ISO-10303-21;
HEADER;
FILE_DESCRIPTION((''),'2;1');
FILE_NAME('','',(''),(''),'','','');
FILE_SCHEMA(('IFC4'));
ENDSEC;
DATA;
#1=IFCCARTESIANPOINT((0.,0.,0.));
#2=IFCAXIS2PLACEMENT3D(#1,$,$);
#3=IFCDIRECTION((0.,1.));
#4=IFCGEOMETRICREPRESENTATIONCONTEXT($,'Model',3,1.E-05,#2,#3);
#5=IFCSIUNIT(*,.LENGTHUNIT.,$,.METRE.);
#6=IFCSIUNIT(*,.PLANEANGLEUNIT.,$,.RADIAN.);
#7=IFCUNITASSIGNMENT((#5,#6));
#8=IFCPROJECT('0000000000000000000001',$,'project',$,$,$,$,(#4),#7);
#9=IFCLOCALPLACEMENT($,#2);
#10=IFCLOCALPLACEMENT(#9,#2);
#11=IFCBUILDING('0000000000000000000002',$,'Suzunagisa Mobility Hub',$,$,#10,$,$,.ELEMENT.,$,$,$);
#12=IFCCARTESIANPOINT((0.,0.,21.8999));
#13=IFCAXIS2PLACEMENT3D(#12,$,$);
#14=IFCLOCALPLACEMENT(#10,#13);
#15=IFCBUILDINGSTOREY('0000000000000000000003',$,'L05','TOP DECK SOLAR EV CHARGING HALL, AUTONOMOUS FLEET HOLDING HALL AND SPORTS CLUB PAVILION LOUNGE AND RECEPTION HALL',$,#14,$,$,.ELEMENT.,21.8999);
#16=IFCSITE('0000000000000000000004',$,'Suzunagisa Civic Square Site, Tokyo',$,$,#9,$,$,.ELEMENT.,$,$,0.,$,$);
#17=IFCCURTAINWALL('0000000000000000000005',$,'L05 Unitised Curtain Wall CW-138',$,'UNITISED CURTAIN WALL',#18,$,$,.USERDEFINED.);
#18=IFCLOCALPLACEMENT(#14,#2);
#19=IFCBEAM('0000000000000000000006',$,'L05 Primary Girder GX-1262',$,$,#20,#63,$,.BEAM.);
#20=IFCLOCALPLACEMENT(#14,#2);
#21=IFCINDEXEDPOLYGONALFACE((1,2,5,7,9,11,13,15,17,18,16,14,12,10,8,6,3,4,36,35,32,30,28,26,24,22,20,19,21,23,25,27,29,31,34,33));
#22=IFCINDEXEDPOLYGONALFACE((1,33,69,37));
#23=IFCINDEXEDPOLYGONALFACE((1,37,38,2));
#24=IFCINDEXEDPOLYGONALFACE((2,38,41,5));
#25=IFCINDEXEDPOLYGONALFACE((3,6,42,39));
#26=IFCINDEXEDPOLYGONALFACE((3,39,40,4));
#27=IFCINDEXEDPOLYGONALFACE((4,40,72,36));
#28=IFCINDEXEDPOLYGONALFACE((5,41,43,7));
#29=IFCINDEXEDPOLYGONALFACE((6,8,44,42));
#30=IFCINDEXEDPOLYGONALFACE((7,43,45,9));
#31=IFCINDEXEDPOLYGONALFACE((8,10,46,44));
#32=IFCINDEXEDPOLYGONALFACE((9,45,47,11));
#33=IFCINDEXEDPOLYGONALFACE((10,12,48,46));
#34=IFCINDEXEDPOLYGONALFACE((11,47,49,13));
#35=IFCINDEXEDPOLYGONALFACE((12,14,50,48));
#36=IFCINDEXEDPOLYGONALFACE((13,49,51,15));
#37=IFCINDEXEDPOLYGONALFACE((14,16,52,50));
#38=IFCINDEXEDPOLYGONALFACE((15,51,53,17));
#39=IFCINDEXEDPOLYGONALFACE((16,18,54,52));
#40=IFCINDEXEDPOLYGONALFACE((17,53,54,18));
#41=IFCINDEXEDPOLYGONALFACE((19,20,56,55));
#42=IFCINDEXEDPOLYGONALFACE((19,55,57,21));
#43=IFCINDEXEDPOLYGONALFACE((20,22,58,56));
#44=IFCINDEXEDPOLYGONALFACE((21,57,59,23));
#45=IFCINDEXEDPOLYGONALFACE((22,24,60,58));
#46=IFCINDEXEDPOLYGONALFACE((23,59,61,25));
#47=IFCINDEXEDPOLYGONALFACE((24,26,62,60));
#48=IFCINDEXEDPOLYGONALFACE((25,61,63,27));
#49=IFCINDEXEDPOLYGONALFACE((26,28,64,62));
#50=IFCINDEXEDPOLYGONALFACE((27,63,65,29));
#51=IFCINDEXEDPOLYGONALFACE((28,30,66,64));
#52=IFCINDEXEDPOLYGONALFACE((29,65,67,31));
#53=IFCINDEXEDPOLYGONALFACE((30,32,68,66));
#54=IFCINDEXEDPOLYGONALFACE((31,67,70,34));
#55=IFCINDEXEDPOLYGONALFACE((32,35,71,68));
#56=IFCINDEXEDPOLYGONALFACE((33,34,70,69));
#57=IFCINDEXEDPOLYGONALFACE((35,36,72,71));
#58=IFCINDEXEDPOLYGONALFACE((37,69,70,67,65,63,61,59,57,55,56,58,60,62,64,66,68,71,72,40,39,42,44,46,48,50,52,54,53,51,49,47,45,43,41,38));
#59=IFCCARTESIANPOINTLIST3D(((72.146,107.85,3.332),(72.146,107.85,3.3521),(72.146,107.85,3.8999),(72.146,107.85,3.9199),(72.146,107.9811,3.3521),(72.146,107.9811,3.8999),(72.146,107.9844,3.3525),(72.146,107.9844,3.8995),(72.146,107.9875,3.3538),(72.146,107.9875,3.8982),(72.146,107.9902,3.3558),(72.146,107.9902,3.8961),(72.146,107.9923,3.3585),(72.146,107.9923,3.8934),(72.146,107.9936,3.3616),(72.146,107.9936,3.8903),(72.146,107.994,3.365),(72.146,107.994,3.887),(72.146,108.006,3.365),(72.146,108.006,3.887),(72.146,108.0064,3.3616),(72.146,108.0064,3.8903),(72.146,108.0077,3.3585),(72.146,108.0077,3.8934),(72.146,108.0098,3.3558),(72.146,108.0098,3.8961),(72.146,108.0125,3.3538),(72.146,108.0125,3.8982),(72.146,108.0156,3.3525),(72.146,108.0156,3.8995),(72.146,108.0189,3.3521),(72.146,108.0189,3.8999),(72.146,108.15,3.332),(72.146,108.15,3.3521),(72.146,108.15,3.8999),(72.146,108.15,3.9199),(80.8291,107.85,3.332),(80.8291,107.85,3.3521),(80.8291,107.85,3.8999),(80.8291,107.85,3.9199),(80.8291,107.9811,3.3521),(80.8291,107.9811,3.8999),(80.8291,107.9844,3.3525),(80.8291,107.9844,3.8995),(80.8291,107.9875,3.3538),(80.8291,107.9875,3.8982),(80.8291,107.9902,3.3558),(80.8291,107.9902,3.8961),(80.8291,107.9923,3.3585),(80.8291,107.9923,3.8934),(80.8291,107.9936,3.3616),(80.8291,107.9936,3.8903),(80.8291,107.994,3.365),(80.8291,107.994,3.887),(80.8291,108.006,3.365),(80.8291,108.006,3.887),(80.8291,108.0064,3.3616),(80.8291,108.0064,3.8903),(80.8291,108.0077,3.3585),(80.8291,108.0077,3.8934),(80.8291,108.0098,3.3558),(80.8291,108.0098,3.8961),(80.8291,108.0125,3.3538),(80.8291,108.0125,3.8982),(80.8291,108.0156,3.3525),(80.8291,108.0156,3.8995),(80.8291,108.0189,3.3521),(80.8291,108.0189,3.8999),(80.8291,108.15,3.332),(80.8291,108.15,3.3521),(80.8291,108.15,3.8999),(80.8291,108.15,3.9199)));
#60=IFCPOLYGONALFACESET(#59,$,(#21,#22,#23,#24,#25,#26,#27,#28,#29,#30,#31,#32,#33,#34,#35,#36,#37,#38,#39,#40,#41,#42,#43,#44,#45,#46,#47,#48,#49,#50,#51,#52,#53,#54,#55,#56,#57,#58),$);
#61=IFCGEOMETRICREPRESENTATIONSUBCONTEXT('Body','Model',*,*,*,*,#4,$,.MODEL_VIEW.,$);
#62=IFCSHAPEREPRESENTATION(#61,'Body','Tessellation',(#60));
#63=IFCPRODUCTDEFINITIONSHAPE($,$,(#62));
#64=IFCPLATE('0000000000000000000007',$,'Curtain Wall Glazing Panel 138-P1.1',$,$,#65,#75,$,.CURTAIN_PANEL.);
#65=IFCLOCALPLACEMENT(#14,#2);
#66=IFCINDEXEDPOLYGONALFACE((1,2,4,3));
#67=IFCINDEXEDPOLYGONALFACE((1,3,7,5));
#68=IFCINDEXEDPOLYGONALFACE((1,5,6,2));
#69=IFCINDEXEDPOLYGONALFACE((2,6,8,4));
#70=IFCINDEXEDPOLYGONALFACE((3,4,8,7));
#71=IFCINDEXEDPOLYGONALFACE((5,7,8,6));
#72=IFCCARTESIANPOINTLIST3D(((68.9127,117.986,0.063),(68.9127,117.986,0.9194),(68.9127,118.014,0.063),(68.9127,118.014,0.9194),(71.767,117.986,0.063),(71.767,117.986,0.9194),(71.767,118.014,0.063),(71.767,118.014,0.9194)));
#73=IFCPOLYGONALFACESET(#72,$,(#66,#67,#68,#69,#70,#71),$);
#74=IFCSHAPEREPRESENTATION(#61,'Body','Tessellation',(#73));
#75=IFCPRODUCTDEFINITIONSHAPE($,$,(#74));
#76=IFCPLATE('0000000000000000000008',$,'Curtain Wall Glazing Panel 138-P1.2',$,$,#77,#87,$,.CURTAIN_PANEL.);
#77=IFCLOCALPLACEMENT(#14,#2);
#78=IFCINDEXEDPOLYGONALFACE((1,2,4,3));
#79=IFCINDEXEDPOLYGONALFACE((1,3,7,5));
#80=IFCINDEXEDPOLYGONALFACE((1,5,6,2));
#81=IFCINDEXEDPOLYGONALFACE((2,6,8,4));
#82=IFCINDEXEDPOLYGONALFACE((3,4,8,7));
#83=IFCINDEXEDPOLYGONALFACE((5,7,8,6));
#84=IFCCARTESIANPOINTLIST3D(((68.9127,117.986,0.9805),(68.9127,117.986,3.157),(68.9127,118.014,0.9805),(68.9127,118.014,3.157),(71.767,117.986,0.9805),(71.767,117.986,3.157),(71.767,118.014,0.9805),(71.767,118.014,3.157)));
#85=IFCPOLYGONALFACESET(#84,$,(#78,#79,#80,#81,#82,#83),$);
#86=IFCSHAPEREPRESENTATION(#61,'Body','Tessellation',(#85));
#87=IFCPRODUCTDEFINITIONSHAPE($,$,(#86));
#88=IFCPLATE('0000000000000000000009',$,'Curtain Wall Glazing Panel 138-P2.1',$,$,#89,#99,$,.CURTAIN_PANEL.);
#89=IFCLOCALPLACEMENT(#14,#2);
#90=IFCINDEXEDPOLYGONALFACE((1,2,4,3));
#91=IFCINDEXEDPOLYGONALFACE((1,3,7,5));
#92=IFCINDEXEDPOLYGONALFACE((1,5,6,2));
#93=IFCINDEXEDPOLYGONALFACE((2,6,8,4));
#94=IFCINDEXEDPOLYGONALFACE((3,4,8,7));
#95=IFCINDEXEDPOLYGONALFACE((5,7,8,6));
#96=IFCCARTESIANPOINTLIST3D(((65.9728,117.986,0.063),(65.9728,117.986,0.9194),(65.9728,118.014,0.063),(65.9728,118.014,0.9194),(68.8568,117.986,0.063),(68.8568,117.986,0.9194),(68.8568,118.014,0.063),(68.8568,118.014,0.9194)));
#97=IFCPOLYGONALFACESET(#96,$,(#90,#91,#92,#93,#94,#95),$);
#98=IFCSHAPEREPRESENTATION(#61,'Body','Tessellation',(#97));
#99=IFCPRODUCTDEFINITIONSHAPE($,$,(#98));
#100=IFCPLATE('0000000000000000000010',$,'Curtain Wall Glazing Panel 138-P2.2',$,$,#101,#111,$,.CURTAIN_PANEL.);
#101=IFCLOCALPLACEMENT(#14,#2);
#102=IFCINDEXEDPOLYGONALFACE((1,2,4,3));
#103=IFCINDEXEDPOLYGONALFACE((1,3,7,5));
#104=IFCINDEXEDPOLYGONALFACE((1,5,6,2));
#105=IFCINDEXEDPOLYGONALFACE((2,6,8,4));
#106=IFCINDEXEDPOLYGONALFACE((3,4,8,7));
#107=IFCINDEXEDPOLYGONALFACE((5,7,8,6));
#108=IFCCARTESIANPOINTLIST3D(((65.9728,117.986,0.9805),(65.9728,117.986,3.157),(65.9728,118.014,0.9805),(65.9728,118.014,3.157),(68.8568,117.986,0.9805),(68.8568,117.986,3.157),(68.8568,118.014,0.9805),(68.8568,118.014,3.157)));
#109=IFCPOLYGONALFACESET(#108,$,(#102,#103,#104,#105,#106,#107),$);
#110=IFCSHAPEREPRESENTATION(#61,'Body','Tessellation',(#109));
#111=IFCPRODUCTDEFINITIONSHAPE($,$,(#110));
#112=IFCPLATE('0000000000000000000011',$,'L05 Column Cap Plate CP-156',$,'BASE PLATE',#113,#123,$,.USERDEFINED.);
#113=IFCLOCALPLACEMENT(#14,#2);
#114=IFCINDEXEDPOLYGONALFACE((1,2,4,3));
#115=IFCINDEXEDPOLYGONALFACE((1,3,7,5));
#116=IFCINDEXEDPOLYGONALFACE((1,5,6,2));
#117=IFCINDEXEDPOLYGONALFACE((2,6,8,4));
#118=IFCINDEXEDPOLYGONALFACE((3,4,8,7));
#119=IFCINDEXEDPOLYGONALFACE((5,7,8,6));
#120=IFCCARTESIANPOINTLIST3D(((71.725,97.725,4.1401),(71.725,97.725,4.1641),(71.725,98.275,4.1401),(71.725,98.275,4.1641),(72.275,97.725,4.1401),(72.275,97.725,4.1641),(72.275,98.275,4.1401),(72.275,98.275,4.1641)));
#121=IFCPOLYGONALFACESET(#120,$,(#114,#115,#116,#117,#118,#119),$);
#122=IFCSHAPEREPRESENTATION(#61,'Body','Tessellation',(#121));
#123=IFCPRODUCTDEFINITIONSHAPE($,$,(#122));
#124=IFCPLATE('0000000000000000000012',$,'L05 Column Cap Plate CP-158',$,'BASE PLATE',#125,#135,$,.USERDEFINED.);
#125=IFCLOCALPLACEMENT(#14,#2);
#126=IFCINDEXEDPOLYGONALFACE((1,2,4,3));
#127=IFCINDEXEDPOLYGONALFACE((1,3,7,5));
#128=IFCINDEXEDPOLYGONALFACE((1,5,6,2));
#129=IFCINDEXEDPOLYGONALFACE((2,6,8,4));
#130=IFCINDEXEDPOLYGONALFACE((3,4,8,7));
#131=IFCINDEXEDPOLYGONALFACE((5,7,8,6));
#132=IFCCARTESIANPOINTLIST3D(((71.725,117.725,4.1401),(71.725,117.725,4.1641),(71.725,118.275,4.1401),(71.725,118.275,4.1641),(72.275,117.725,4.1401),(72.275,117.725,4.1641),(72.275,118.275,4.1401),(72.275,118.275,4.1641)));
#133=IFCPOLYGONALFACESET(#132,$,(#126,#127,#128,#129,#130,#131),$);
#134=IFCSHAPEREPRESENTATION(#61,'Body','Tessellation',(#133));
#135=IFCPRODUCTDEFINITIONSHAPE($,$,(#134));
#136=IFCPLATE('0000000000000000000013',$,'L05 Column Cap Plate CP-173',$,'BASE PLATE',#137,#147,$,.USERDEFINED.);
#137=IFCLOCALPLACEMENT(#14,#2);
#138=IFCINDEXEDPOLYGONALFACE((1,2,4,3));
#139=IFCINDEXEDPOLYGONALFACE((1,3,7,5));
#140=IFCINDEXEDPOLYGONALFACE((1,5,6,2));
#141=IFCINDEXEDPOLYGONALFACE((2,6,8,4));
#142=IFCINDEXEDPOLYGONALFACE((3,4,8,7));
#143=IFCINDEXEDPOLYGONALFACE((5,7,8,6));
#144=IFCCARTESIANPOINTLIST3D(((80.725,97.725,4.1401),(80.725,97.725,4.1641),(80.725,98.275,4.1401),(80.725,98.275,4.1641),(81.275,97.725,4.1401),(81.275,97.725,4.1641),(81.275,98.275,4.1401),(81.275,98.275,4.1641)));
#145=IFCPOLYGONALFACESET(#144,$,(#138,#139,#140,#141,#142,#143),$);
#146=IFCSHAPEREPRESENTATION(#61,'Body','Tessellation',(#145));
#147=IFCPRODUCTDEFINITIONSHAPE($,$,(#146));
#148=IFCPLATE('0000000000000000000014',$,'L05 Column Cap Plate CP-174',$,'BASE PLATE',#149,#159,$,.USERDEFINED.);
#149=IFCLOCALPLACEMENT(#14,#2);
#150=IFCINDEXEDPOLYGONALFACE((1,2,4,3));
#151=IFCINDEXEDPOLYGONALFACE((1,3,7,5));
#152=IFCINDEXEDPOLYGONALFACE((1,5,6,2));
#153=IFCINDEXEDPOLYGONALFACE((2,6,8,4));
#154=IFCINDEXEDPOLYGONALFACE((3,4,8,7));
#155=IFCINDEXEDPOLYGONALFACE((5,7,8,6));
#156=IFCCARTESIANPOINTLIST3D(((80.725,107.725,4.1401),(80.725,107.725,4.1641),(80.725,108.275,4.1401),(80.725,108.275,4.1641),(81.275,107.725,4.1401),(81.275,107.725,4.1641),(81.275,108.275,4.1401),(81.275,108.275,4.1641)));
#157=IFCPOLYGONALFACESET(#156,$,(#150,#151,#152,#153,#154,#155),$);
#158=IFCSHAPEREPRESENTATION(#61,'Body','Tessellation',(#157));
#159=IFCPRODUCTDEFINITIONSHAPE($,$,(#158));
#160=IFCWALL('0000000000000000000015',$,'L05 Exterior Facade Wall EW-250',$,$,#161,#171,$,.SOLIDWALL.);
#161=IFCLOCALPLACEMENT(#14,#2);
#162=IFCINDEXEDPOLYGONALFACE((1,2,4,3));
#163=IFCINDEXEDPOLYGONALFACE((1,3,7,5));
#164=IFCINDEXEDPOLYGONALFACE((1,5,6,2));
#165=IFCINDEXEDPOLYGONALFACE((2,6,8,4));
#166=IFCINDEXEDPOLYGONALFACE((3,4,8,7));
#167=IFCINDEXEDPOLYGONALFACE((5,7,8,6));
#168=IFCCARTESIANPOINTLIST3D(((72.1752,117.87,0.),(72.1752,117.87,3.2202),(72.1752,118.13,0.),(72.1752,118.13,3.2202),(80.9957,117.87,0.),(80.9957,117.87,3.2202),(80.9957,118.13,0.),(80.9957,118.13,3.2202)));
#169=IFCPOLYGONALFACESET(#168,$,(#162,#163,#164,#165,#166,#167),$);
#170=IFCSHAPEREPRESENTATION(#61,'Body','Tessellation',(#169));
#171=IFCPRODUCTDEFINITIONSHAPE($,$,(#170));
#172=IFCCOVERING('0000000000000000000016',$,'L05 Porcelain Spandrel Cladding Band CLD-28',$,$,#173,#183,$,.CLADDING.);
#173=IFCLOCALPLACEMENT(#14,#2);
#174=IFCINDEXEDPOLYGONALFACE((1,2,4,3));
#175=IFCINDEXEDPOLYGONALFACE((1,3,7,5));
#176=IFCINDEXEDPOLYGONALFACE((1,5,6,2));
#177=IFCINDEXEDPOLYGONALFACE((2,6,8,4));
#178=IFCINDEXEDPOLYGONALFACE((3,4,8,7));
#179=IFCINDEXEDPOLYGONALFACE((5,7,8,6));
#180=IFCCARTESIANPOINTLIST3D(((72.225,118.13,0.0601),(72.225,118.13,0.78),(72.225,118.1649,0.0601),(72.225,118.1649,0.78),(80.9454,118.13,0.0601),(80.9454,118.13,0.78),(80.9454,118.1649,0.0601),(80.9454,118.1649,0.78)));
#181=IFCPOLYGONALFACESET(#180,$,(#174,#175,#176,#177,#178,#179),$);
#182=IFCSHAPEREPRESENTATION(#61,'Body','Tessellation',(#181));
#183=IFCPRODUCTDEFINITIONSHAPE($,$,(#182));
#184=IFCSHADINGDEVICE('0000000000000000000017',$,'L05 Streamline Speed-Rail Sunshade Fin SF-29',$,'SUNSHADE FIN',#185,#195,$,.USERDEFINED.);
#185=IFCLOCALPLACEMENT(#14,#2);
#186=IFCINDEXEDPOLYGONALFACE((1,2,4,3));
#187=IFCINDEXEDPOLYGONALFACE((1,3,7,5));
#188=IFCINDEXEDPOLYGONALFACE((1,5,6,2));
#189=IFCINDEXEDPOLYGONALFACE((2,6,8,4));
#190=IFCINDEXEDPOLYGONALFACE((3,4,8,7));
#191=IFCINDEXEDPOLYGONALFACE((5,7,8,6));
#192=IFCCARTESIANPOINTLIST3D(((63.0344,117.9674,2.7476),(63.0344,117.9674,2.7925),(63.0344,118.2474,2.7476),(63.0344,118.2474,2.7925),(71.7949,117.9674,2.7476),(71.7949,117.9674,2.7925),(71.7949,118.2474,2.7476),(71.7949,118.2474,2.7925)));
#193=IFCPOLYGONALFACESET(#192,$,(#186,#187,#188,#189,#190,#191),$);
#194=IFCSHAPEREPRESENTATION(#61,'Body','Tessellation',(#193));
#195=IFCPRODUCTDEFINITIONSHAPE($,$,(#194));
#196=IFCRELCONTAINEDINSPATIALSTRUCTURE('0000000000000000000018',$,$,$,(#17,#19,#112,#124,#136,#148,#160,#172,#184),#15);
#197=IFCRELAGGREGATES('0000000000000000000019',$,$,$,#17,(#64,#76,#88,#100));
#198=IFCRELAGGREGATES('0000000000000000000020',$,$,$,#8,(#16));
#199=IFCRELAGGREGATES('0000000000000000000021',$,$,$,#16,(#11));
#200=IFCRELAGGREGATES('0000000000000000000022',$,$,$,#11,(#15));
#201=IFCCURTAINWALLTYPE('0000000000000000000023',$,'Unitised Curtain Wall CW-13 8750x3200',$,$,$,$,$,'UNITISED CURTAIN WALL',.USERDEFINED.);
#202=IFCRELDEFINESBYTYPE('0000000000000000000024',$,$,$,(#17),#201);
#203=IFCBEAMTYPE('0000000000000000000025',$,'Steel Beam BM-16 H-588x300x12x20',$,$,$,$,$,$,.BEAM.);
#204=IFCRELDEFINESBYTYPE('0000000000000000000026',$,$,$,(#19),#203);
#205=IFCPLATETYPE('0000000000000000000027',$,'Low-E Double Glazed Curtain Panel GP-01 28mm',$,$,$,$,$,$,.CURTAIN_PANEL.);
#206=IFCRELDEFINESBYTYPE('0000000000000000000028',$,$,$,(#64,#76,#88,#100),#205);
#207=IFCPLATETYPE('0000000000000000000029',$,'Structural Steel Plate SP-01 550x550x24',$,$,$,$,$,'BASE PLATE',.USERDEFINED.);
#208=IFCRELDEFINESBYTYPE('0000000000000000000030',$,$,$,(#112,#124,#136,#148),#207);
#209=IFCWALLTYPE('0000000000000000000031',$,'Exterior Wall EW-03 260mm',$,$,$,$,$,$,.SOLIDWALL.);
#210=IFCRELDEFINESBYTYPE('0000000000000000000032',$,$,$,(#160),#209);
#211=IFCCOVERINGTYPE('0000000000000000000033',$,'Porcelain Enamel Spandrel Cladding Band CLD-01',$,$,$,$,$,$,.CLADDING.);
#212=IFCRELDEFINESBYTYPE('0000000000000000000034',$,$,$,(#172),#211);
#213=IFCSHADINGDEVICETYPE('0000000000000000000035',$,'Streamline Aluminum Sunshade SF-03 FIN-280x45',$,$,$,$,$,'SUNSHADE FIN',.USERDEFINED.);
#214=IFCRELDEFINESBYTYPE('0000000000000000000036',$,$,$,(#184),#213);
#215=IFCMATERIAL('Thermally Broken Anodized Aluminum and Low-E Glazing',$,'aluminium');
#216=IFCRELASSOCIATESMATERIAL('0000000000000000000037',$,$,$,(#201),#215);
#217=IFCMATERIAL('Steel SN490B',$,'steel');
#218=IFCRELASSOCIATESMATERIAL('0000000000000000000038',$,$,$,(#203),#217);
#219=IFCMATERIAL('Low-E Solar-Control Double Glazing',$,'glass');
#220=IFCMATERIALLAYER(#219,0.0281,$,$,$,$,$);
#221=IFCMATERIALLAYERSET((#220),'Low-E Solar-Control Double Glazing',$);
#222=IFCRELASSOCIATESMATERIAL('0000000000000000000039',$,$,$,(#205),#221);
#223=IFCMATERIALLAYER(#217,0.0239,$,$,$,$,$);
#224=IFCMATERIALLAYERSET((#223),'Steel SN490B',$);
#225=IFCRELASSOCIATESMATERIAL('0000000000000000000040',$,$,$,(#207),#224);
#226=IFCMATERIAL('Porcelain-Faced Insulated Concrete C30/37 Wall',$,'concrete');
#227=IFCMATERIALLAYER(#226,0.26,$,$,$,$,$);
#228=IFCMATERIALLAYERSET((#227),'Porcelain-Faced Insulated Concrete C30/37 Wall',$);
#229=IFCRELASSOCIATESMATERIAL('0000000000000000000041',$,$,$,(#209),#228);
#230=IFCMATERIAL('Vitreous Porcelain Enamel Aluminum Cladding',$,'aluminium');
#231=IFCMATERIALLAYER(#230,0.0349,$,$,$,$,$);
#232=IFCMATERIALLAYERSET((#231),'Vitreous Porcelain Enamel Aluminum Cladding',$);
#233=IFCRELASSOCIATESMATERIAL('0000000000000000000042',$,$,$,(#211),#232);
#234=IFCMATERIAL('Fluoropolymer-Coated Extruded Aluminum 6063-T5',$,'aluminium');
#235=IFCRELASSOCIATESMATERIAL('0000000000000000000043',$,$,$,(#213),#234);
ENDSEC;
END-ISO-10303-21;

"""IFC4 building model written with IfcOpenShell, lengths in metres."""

from ifc_helpers import new_model, si_unit, direction, frame, frame_2d, origin, origin_2d, place, context, subcontext, project, spatial, rectangle, i_section, extrude, material, layer, layer_set, material_profile, profile_set, type_object, element, aggregate, save


model = new_model("IFC4")

# Units and contexts
model_context = context("Model", 3, precision=1e-05, world=origin(), true_north=direction((0.0, 1.0)))
body_context = subcontext(model_context, "Body", "Model", "MODEL_VIEW")
ifc_project = project(units=[si_unit("LENGTHUNIT", "METRE"), si_unit("PLANEANGLEUNIT", "RADIAN")], contexts=[model_context])

# Site, building, storey
site_placement = place(None, origin())
site = spatial("IfcSite", under=ifc_project, at=site_placement, Name="Suzunagisa Civic Square Site, Tokyo", CompositionType="ELEMENT", RefElevation=0.0)
building_placement = place(site_placement, origin())
building = spatial("IfcBuilding", under=site, at=building_placement, Name="Suzunagisa Mobility Hub", CompositionType="ELEMENT")
storey_placement = place(building_placement, frame((0.0, 0.0, 21.8999)))
storey = spatial("IfcBuildingStorey", under=building, at=storey_placement, Name="L05", Description="TOP DECK SOLAR EV CHARGING HALL, AUTONOMOUS FLEET HOLDING HALL AND SPORTS CLUB PAVILION LOUNGE AND RECEPTION HALL", CompositionType="ELEMENT", Elevation=21.8999)

# Shared definitions
ifc_material_1 = material(Name="Steel SN490B", Category="steel")

# Curtain wall
ifc_material_2 = material(Name="Thermally Broken Anodized Aluminum and Low-E Glazing", Category="aluminium")
curtain_wall_type = type_object("IfcCurtainWallType", Name="Unitised Curtain Wall CW-13 8750x3200", ElementType="UNITISED CURTAIN WALL", PredefinedType="USERDEFINED", material=ifc_material_2)
curtain_wall_placement = place(storey_placement, origin())
curtain_wall = element("IfcCurtainWall", 1, at=curtain_wall_placement, inside=storey, type_object=curtain_wall_type, Name="L05 Unitised Curtain Wall CW-138", ObjectType="UNITISED CURTAIN WALL", PredefinedType="USERDEFINED")

# Beam
ifc_material_profile_1 = material_profile(ifc_material_1, i_section(OverallWidth=0.3, OverallDepth=0.5879, WebThickness=0.012, FlangeThickness=0.02, FilletRadius=0.0129, at=origin_2d()), Name="H-588x300x12x20")
ifc_profile_set_1 = profile_set([ifc_material_profile_1], Name="Steel SN490B")
beam_type_1 = type_object("IfcBeamType", Name="Steel Beam BM-16 H-588x300x12x20", PredefinedType="BEAM", material=ifc_profile_set_1)
beam_1_placement = place(storey_placement, frame((72.146, 108.0, 3.626), z_axis=(1.0, 0.0, 0.0), x_axis=(0.0, 1.0, 0.0)))
element("IfcBeam", 2, at=beam_1_placement, inside=storey, type_object=beam_type_1, Name="L05 Primary Girder GX-1262", PredefinedType="BEAM", context=body_context, shape_type="SweptSolid", body=[
    extrude(i_section(OverallWidth=0.3, OverallDepth=0.5879, WebThickness=0.012, FlangeThickness=0.02, FilletRadius=0.0129, at=origin_2d()), origin(), (0.0, 0.0, 1.0), 8.6831),
])

# Plates
ifc_material_3 = material(Name="Low-E Solar-Control Double Glazing", Category="glass")
ifc_layer_1 = layer(ifc_material_3, 0.0281)
ifc_layer_set_1 = layer_set([ifc_layer_1], Name="Low-E Solar-Control Double Glazing")
plate_type_1 = type_object("IfcPlateType", Name="Low-E Double Glazed Curtain Panel GP-01 28mm", PredefinedType="CURTAIN_PANEL", material=ifc_layer_set_1)
plate_1_placement = place(storey_placement, frame((70.3398, 118.0, 0.063), z_axis=(0.0, 0.0, 1.0), x_axis=(-1.0, 0.0, 0.0)))
plate_1 = element("IfcPlate", 3, at=plate_1_placement, type_object=plate_type_1, Name="Curtain Wall Glazing Panel 138-P1.1", PredefinedType="CURTAIN_PANEL", context=body_context, shape_type="SweptSolid", body=[
    extrude(rectangle(XDim=2.8542, YDim=0.0281, at=origin_2d()), origin(), (0.0, 0.0, 1.0), 0.8564),
])
plate_2_placement = place(storey_placement, frame((70.3398, 118.0, 0.9805), z_axis=(0.0, 0.0, 1.0), x_axis=(-1.0, 0.0, 0.0)))
plate_2 = element("IfcPlate", 4, at=plate_2_placement, type_object=plate_type_1, Name="Curtain Wall Glazing Panel 138-P1.2", PredefinedType="CURTAIN_PANEL", context=body_context, shape_type="SweptSolid", body=[
    extrude(rectangle(XDim=2.8542, YDim=0.0281, at=origin_2d()), origin(), (0.0, 0.0, 1.0), 2.1765),
])
plate_3_placement = place(storey_placement, frame((67.4148, 118.0, 0.063), z_axis=(0.0, 0.0, 1.0), x_axis=(-1.0, 0.0, 0.0)))
plate_3 = element("IfcPlate", 5, at=plate_3_placement, type_object=plate_type_1, Name="Curtain Wall Glazing Panel 138-P2.1", PredefinedType="CURTAIN_PANEL", context=body_context, shape_type="SweptSolid", body=[
    extrude(rectangle(XDim=2.884, YDim=0.0281, at=origin_2d()), origin(), (0.0, 0.0, 1.0), 0.8564),
])
plate_4_placement = place(storey_placement, frame((67.4148, 118.0, 0.9805), z_axis=(0.0, 0.0, 1.0), x_axis=(-1.0, 0.0, 0.0)))
plate_4 = element("IfcPlate", 6, at=plate_4_placement, type_object=plate_type_1, Name="Curtain Wall Glazing Panel 138-P2.2", PredefinedType="CURTAIN_PANEL", context=body_context, shape_type="SweptSolid", body=[
    extrude(rectangle(XDim=2.884, YDim=0.0281, at=origin_2d()), origin(), (0.0, 0.0, 1.0), 2.1765),
])
aggregate(curtain_wall, [plate_1, plate_2, plate_3, plate_4])

# Plates
ifc_layer_2 = layer(ifc_material_1, 0.0239)
ifc_layer_set_2 = layer_set([ifc_layer_2], Name="Steel SN490B")
plate_type_2 = type_object("IfcPlateType", Name="Structural Steel Plate SP-01 550x550x24", ElementType="BASE PLATE", PredefinedType="USERDEFINED", material=ifc_layer_set_2)
for number, where, z_axis, x_axis, name in (
    (7, (72.0, 98.0, 4.1401), (0.0, 0.0, 1.0), (1.0, 0.0, 0.0), "L05 Column Cap Plate CP-156"),
    (8, (72.0, 118.0, 4.1401), (0.0, 0.0, 1.0), (1.0, 0.0, 0.0), "L05 Column Cap Plate CP-158"),
    (9, (81.0, 98.0, 4.1401), (0.0, 0.0, 1.0), (1.0, 0.0, 0.0), "L05 Column Cap Plate CP-173"),
    (10, (81.0, 108.0, 4.1401), (0.0, 0.0, 1.0), (1.0, 0.0, 0.0), "L05 Column Cap Plate CP-174"),
):
    element("IfcPlate", number, at=place(storey_placement, frame(where, z_axis=z_axis, x_axis=x_axis)), inside=storey, type_object=plate_type_2, Name=name, ObjectType="BASE PLATE", PredefinedType="USERDEFINED", context=body_context, shape_type="SweptSolid", body=[
        extrude(rectangle(XDim=0.55, YDim=0.55, at=origin_2d()), origin(), (0.0, 0.0, 1.0), 0.0239),
    ])

# Wall
ifc_material_4 = material(Name="Porcelain-Faced Insulated Concrete C30/37 Wall", Category="concrete")
ifc_layer_3 = layer(ifc_material_4, 0.26)
ifc_layer_set_3 = layer_set([ifc_layer_3], Name="Porcelain-Faced Insulated Concrete C30/37 Wall")
wall_type = type_object("IfcWallType", Name="Exterior Wall EW-03 260mm", PredefinedType="SOLIDWALL", material=ifc_layer_set_3)
wall_placement = place(storey_placement, frame((80.9956, 118.0, 0.0), z_axis=(0.0, 0.0, 1.0), x_axis=(-1.0, 0.0, 0.0)))
element("IfcWall", 11, at=wall_placement, inside=storey, type_object=wall_type, Name="L05 Exterior Facade Wall EW-250", PredefinedType="SOLIDWALL", context=body_context, shape_type="SweptSolid", body=[
    extrude(rectangle(XDim=8.8206, YDim=0.26, at=frame_2d((4.4102, 0.0))), origin(), (0.0, 0.0, 1.0), 3.2202),
])

# Covering
ifc_material_5 = material(Name="Vitreous Porcelain Enamel Aluminum Cladding", Category="aluminium")
ifc_layer_4 = layer(ifc_material_5, 0.0349)
ifc_layer_set_4 = layer_set([ifc_layer_4], Name="Vitreous Porcelain Enamel Aluminum Cladding")
covering_type = type_object("IfcCoveringType", Name="Porcelain Enamel Spandrel Cladding Band CLD-01", PredefinedType="CLADDING", material=ifc_layer_set_4)
covering_placement = place(storey_placement, frame((76.5852, 118.1475, 0.0601), z_axis=(0.0, 0.0, 1.0), x_axis=(-1.0, 0.0, 0.0)))
element("IfcCovering", 12, at=covering_placement, inside=storey, type_object=covering_type, Name="L05 Porcelain Spandrel Cladding Band CLD-28", PredefinedType="CLADDING", context=body_context, shape_type="SweptSolid", body=[
    extrude(rectangle(XDim=8.7205, YDim=0.0349, at=origin_2d()), origin(), (0.0, 0.0, 1.0), 0.72),
])

# Shading device
ifc_material_6 = material(Name="Fluoropolymer-Coated Extruded Aluminum 6063-T5", Category="aluminium")
ifc_material_profile_2 = material_profile(ifc_material_6, rectangle(XDim=0.28, YDim=0.0449, at=origin_2d()), Name="FIN-280x45")
ifc_profile_set_2 = profile_set([ifc_material_profile_2], Name="Fluoropolymer-Coated Extruded Aluminum 6063-T5")
shading_device_type = type_object("IfcShadingDeviceType", Name="Streamline Aluminum Sunshade SF-03 FIN-280x45", ElementType="SUNSHADE FIN", PredefinedType="USERDEFINED", material=ifc_profile_set_2)
shading_device_placement = place(storey_placement, frame((71.7949, 118.1074, 2.77), z_axis=(-1.0, 0.0, 0.0), x_axis=(0.0, -1.0, 0.0)))
element("IfcShadingDevice", 13, at=shading_device_placement, inside=storey, type_object=shading_device_type, Name="L05 Streamline Speed-Rail Sunshade Fin SF-29", ObjectType="SUNSHADE FIN", PredefinedType="USERDEFINED", context=body_context, shape_type="SweptSolid", body=[
    extrude(rectangle(XDim=0.28, YDim=0.0449, at=origin_2d()), origin(), (0.0, 0.0, 1.0), 8.7605),
])

save(model, "model.ifc")
